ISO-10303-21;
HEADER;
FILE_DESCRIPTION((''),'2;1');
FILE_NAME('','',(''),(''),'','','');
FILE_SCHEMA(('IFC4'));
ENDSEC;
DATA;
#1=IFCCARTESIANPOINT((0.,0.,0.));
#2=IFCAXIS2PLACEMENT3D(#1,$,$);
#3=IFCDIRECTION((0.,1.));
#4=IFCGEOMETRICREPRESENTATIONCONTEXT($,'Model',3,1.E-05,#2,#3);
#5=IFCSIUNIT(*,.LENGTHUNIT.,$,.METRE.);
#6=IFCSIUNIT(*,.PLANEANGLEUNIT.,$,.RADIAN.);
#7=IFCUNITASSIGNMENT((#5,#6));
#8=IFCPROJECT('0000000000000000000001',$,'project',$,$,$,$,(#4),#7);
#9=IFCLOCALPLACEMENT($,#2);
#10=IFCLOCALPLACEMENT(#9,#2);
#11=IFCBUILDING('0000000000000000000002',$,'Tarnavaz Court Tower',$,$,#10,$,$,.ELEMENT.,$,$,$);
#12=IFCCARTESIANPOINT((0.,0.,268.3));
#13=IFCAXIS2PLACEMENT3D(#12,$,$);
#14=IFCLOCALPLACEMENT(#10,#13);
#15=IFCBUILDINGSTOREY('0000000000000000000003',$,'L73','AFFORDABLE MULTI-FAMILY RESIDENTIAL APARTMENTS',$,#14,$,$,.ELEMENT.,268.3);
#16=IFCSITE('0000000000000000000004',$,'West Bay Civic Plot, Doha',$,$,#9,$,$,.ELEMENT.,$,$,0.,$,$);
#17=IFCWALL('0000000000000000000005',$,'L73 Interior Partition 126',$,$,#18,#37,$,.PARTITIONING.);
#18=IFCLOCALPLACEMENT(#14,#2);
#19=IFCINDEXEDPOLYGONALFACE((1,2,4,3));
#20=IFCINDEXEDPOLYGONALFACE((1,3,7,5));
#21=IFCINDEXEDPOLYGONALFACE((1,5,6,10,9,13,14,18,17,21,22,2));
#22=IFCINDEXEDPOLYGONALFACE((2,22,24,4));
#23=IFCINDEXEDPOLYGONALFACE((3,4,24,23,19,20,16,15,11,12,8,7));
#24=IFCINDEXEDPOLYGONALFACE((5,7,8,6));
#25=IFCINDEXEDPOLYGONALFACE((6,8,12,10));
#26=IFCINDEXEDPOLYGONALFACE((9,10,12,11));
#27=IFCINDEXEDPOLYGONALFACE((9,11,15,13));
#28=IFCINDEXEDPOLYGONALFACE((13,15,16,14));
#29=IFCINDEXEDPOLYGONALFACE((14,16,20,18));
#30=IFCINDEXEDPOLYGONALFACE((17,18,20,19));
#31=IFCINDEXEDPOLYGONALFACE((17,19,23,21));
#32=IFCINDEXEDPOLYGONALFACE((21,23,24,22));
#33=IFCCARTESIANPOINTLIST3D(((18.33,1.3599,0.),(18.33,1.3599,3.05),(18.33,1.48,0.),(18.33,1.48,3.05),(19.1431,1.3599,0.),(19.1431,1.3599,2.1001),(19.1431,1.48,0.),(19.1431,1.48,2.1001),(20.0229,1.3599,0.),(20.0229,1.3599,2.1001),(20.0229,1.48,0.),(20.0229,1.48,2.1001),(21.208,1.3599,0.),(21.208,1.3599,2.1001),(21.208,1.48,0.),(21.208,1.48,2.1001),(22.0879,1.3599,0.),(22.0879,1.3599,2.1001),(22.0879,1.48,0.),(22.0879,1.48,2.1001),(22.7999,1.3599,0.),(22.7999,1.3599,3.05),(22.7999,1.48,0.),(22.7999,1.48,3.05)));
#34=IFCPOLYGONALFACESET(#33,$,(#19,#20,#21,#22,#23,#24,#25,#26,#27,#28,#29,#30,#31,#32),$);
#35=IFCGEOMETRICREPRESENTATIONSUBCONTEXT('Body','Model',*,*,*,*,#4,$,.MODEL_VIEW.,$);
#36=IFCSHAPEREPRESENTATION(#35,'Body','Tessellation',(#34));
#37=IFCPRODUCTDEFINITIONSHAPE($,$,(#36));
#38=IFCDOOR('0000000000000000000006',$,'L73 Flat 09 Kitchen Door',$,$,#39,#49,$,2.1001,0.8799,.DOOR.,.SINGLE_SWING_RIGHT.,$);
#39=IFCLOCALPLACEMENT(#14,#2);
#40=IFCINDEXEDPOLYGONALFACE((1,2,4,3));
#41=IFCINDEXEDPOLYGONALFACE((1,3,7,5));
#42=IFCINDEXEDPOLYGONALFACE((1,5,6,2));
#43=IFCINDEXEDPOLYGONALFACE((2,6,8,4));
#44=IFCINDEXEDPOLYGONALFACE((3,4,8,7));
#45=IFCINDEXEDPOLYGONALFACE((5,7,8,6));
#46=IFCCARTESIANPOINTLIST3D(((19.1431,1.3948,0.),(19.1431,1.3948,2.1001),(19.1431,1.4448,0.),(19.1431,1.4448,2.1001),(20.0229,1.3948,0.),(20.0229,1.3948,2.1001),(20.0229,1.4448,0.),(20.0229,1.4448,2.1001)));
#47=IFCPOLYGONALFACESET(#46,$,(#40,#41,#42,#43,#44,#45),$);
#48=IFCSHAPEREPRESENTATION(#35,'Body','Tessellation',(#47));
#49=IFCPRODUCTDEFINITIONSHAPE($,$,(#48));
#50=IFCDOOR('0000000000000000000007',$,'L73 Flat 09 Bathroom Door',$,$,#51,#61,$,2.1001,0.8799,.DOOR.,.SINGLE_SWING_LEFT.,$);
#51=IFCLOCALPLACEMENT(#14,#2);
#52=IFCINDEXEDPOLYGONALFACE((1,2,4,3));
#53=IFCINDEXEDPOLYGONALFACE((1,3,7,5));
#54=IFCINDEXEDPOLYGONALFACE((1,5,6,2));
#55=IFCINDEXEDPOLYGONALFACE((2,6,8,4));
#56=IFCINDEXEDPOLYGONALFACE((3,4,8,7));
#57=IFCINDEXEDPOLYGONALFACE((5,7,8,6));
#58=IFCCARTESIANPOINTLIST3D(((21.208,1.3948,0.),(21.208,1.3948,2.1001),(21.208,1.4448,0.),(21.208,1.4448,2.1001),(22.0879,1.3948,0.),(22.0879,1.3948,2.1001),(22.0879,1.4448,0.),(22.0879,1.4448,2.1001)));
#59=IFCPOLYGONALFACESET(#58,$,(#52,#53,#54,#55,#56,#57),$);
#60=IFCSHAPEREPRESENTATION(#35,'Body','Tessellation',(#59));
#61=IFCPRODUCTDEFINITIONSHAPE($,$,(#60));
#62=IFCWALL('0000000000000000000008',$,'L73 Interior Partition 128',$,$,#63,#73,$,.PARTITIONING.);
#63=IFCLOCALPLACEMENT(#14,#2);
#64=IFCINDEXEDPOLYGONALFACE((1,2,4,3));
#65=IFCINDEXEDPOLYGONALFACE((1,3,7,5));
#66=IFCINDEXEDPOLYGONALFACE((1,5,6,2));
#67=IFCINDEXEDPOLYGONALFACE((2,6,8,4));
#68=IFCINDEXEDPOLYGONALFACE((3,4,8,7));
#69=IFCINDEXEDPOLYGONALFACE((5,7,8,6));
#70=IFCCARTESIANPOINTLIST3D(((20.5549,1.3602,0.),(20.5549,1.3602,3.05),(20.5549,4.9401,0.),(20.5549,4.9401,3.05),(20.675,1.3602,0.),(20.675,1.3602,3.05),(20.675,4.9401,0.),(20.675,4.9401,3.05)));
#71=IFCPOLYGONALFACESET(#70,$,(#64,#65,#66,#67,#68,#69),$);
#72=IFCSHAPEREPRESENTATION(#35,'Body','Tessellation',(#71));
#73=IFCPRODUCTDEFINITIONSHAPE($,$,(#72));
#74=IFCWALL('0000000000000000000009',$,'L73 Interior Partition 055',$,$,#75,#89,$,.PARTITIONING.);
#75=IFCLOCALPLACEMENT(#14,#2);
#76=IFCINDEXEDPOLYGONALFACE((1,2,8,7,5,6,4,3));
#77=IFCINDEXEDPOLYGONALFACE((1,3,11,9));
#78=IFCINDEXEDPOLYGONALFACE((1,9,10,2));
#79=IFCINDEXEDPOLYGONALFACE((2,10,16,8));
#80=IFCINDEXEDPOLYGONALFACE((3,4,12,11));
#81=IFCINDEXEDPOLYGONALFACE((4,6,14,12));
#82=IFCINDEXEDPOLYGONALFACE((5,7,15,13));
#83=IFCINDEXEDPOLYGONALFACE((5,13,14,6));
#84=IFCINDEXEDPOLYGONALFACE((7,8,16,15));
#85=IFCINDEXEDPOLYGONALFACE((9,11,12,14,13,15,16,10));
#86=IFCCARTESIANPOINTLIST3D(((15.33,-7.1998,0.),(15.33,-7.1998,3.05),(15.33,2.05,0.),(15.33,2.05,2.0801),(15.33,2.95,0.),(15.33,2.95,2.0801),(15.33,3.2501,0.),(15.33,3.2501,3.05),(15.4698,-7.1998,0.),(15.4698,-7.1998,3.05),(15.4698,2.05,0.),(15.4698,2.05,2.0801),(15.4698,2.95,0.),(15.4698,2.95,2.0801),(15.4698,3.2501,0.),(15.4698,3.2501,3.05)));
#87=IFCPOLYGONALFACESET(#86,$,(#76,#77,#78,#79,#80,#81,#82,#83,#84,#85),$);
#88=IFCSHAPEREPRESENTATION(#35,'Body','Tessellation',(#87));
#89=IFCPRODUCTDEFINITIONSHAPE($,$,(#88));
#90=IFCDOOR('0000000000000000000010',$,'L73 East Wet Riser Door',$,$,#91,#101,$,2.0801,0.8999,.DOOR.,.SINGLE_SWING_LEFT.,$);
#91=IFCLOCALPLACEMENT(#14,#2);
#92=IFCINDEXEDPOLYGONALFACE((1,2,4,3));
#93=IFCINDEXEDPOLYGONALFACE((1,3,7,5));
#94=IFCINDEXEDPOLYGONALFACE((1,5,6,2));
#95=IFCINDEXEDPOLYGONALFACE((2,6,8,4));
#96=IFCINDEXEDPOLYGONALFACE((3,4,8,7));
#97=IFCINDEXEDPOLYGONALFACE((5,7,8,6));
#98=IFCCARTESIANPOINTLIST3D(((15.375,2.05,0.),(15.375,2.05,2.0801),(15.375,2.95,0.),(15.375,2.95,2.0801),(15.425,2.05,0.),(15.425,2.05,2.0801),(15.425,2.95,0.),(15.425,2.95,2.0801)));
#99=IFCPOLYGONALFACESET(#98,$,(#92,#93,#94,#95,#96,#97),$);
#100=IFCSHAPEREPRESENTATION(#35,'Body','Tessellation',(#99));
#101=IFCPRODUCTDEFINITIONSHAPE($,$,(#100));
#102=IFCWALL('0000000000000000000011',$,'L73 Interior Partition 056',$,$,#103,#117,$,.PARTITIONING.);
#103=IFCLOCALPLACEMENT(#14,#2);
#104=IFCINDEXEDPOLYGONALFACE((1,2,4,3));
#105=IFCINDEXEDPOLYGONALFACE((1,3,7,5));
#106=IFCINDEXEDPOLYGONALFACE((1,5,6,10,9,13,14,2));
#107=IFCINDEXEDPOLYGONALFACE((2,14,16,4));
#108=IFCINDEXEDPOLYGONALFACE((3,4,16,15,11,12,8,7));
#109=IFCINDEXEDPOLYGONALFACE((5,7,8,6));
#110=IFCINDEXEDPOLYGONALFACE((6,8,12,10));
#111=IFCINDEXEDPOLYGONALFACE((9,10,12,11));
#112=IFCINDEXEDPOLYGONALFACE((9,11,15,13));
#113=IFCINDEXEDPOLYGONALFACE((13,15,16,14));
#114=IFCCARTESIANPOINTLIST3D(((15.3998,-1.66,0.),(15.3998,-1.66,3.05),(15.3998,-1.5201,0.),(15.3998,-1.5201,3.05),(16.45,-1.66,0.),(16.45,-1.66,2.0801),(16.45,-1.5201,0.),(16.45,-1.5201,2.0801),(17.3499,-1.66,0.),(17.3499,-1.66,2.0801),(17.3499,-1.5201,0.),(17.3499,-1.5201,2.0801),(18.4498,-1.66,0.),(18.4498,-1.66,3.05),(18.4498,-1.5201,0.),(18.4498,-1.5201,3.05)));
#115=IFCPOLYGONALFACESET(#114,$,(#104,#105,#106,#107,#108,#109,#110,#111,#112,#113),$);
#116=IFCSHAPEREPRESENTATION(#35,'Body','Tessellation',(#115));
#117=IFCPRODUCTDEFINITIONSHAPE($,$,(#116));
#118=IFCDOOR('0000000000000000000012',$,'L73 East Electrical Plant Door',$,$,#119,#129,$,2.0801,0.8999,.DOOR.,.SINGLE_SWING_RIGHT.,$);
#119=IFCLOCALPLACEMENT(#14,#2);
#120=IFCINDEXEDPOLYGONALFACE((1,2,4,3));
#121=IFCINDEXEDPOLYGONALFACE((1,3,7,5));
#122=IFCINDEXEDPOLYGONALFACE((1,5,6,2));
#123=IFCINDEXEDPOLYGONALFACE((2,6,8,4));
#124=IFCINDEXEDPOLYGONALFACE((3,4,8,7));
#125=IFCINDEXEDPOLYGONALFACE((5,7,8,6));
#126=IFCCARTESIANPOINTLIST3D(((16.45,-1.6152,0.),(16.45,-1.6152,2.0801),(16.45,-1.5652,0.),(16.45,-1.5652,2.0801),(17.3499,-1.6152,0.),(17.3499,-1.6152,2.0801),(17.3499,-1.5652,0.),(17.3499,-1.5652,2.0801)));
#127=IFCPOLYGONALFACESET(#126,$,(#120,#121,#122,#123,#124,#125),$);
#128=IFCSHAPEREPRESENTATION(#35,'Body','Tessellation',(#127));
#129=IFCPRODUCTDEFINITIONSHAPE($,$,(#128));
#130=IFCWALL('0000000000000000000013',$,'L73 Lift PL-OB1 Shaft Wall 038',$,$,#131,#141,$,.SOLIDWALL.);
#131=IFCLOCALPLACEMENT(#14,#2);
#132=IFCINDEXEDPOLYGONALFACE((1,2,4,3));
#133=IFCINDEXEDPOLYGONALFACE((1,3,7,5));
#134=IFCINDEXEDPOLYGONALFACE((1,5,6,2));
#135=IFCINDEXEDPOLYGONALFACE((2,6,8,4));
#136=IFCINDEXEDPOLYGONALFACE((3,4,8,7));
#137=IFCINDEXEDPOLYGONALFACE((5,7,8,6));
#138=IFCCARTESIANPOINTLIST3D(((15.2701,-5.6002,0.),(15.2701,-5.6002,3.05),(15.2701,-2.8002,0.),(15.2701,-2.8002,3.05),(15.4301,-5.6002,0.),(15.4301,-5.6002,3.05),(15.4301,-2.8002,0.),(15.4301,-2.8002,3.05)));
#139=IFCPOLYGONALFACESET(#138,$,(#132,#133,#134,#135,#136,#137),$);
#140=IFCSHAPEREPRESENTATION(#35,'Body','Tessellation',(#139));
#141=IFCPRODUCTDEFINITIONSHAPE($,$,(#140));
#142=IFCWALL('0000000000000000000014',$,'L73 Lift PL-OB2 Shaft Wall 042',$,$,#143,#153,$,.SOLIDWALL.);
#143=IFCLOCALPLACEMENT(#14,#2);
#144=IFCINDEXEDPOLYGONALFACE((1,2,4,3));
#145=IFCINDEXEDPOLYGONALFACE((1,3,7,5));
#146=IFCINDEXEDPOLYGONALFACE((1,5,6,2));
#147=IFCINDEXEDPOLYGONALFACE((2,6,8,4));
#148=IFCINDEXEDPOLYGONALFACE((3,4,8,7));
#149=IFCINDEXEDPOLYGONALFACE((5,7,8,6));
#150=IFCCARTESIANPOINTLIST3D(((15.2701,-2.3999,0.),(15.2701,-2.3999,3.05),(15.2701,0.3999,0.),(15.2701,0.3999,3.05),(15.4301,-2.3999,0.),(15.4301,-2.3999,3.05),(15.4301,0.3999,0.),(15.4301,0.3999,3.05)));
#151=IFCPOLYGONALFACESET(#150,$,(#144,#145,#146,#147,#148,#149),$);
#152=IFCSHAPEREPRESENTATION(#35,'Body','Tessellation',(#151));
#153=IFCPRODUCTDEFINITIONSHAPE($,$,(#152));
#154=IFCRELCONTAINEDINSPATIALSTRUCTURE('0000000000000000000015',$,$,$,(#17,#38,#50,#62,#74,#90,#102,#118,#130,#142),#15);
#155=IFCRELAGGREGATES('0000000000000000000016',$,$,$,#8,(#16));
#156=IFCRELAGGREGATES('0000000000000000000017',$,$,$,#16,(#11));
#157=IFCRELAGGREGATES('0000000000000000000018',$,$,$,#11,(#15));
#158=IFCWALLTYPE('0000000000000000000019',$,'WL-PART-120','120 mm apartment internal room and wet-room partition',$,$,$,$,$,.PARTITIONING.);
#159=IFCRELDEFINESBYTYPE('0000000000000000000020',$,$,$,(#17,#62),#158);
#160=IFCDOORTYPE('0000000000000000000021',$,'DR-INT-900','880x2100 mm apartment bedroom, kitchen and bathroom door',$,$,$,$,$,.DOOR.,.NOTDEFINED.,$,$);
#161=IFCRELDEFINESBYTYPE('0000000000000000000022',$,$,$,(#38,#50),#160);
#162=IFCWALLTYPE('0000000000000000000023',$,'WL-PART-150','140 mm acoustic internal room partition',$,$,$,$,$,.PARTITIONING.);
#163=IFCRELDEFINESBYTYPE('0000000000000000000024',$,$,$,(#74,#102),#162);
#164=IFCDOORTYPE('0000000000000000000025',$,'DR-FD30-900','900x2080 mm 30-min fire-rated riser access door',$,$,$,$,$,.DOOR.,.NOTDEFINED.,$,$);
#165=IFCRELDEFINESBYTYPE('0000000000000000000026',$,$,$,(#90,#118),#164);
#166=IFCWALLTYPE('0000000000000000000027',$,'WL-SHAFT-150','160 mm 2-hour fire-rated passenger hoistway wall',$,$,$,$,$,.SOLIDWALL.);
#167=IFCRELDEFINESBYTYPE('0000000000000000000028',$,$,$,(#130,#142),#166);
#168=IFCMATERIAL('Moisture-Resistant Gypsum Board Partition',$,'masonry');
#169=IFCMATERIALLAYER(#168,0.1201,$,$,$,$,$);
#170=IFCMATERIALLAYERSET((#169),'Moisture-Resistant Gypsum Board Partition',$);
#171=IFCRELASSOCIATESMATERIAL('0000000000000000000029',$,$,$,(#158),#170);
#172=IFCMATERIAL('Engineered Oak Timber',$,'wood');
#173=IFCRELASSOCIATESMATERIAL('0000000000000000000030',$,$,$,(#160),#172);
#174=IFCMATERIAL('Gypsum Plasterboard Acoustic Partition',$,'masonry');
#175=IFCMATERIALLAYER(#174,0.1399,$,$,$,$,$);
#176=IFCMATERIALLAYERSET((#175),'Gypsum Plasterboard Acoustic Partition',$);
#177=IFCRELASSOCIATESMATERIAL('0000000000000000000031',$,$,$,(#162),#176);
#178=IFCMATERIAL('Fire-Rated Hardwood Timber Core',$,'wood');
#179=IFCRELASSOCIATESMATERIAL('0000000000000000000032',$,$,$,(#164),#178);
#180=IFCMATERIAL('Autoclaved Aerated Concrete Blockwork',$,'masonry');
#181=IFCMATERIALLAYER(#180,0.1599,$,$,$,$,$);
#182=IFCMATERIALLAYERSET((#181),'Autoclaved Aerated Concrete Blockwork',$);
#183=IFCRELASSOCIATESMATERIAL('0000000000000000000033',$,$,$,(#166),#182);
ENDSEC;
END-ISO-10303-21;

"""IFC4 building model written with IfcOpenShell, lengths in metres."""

from ifc_helpers import new_model, si_unit, direction, frame, frame_2d, origin, place, context, subcontext, project, spatial, rectangle, extrude, material, layer, layer_set, type_object, element, fill, save


model = new_model("IFC4")

# Units and contexts
model_context = context("Model", 3, precision=1e-05, world=origin(), true_north=direction((0.0, 1.0)))
body_context = subcontext(model_context, "Body", "Model", "MODEL_VIEW")
ifc_project = project(units=[si_unit("LENGTHUNIT", "METRE"), si_unit("PLANEANGLEUNIT", "RADIAN")], contexts=[model_context])

# Site, building, storey
site_placement = place(None, origin())
site = spatial("IfcSite", under=ifc_project, at=site_placement, Name="West Bay Civic Plot, Doha", CompositionType="ELEMENT", RefElevation=0.0)
building_placement = place(site_placement, origin())
building = spatial("IfcBuilding", under=site, at=building_placement, Name="Tarnavaz Court Tower", CompositionType="ELEMENT")
storey_placement = place(building_placement, frame((0.0, 0.0, 268.3)))
storey = spatial("IfcBuildingStorey", under=building, at=storey_placement, Name="L73", Description="AFFORDABLE MULTI-FAMILY RESIDENTIAL APARTMENTS", CompositionType="ELEMENT", Elevation=268.3)

# Shared definitions
ifc_material_1 = material(Name="Fire-Rated Hardwood Timber Core", Category="wood")
ifc_material_2 = material(Name="Engineered Oak Timber", Category="wood")
ifc_material_3 = material(Name="Moisture-Resistant Gypsum Board Partition", Category="masonry")
ifc_layer_1 = layer(ifc_material_3, 0.1201)
ifc_layer_set_1 = layer_set([ifc_layer_1], Name="Moisture-Resistant Gypsum Board Partition")
wall_type_1 = type_object("IfcWallType", Name="WL-PART-120", Description="120 mm apartment internal room and wet-room partition", PredefinedType="PARTITIONING", material=ifc_layer_set_1)
door_type_1 = type_object("IfcDoorType", Name="DR-INT-900", Description="880x2100 mm apartment bedroom, kitchen and bathroom door", OperationType="NOTDEFINED", PredefinedType="DOOR", material=ifc_material_2)

# Wall, openings, doors
wall_1_placement = place(storey_placement, frame((18.3301, 1.4199, 0.0), z_axis=(0.0, 0.0, 1.0), x_axis=(1.0, 0.0, 0.0)))
wall_1 = element("IfcWall", 1, at=wall_1_placement, inside=storey, type_object=wall_type_1, Name="L73 Interior Partition 126", PredefinedType="PARTITIONING", context=body_context, shape_type="SweptSolid", body=[
    extrude(rectangle(XDim=4.47, YDim=0.1201, at=frame_2d((2.2349, 0.0))), origin(), (0.0, 0.0, 1.0), 3.05),
])
opening_1_placement = place(wall_1_placement, frame((0.813, 0.0, 0.0)))
opening_1 = element("IfcOpeningElement", 2, at=opening_1_placement, cuts=wall_1, PredefinedType="OPENING", context=body_context, shape_type="SweptSolid", body=[
    extrude(rectangle(XDim=0.8799, YDim=2.1001, at=frame_2d((0.4399, 1.05))), frame((0.0, 0.0701, 0.0), z_axis=(0.0, -1.0, 0.0), x_axis=(1.0, 0.0, 0.0)), (0.0, 0.0, 1.0), 0.1401),
])
opening_2_placement = place(wall_1_placement, frame((2.8779, 0.0, 0.0)))
opening_2 = element("IfcOpeningElement", 3, at=opening_2_placement, cuts=wall_1, PredefinedType="OPENING", context=body_context, shape_type="SweptSolid", body=[
    extrude(rectangle(XDim=0.8799, YDim=2.1001, at=frame_2d((0.4399, 1.05))), frame((0.0, 0.0701, 0.0), z_axis=(0.0, -1.0, 0.0), x_axis=(1.0, 0.0, 0.0)), (0.0, 0.0, 1.0), 0.1401),
])
door_1_placement = place(opening_1_placement, origin())
door_1 = element("IfcDoor", 4, at=door_1_placement, inside=storey, type_object=door_type_1, Name="L73 Flat 09 Kitchen Door", OperationType="SINGLE_SWING_RIGHT", OverallHeight=2.1001, OverallWidth=0.8799, PredefinedType="DOOR", context=body_context, shape_type="SweptSolid", body=[
    extrude(rectangle(XDim=0.8799, YDim=2.1001, at=frame_2d((0.4399, 1.05))), frame((0.0, 0.0249, 0.0), z_axis=(0.0, -1.0, 0.0), x_axis=(1.0, 0.0, 0.0)), (0.0, 0.0, 1.0), 0.05),
])
fill(opening_1, door_1)
door_2_placement = place(opening_2_placement, origin())
door_2 = element("IfcDoor", 5, at=door_2_placement, inside=storey, type_object=door_type_1, Name="L73 Flat 09 Bathroom Door", OperationType="SINGLE_SWING_LEFT", OverallHeight=2.1001, OverallWidth=0.8799, PredefinedType="DOOR", context=body_context, shape_type="SweptSolid", body=[
    extrude(rectangle(XDim=0.8799, YDim=2.1001, at=frame_2d((0.4399, 1.05))), frame((0.0, 0.0249, 0.0), z_axis=(0.0, -1.0, 0.0), x_axis=(1.0, 0.0, 0.0)), (0.0, 0.0, 1.0), 0.05),
])
fill(opening_2, door_2)

# Wall
wall_2_placement = place(storey_placement, frame((20.615, 1.3601, 0.0), z_axis=(0.0, 0.0, 1.0), x_axis=(0.0, 1.0, 0.0)))
element("IfcWall", 6, at=wall_2_placement, inside=storey, type_object=wall_type_1, Name="L73 Interior Partition 128", PredefinedType="PARTITIONING", context=body_context, shape_type="SweptSolid", body=[
    extrude(rectangle(XDim=3.5798, YDim=0.1201, at=frame_2d((1.79, 0.0))), origin(), (0.0, 0.0, 1.0), 3.05),
])

# Walls, openings, doors
ifc_material_4 = material(Name="Gypsum Plasterboard Acoustic Partition", Category="masonry")
ifc_layer_2 = layer(ifc_material_4, 0.1399)
ifc_layer_set_2 = layer_set([ifc_layer_2], Name="Gypsum Plasterboard Acoustic Partition")
wall_type_2 = type_object("IfcWallType", Name="WL-PART-150", Description="140 mm acoustic internal room partition", PredefinedType="PARTITIONING", material=ifc_layer_set_2)
wall_3_placement = place(storey_placement, frame((15.3999, -7.2, 0.0), z_axis=(0.0, 0.0, 1.0), x_axis=(0.0, 1.0, 0.0)))
wall_3 = element("IfcWall", 7, at=wall_3_placement, inside=storey, type_object=wall_type_2, Name="L73 Interior Partition 055", PredefinedType="PARTITIONING", context=body_context, shape_type="SweptSolid", body=[
    extrude(rectangle(XDim=10.45, YDim=0.1399, at=frame_2d((5.2251, 0.0))), origin(), (0.0, 0.0, 1.0), 3.05),
])
opening_3_placement = place(wall_3_placement, frame((9.25, 0.0, 0.0)))
opening_3 = element("IfcOpeningElement", 8, at=opening_3_placement, cuts=wall_3, PredefinedType="OPENING", context=body_context, shape_type="SweptSolid", body=[
    extrude(rectangle(XDim=0.8999, YDim=2.0801, at=frame_2d((0.45, 1.04))), frame((0.0, 0.0798, 0.0), z_axis=(0.0, -1.0, 0.0), x_axis=(1.0, 0.0, 0.0)), (0.0, 0.0, 1.0), 0.1599),
])
door_type_2 = type_object("IfcDoorType", Name="DR-FD30-900", Description="900x2080 mm 30-min fire-rated riser access door", OperationType="NOTDEFINED", PredefinedType="DOOR", material=ifc_material_1)
door_3_placement = place(opening_3_placement, origin())
door_3 = element("IfcDoor", 9, at=door_3_placement, inside=storey, type_object=door_type_2, Name="L73 East Wet Riser Door", OperationType="SINGLE_SWING_LEFT", OverallHeight=2.0801, OverallWidth=0.8999, PredefinedType="DOOR", context=body_context, shape_type="SweptSolid", body=[
    extrude(rectangle(XDim=0.8999, YDim=2.0801, at=frame_2d((0.45, 1.04))), frame((0.0, 0.0249, 0.0), z_axis=(0.0, -1.0, 0.0), x_axis=(1.0, 0.0, 0.0)), (0.0, 0.0, 1.0), 0.05),
])
fill(opening_3, door_3)
wall_4_placement = place(storey_placement, frame((15.3999, -1.5901, 0.0), z_axis=(0.0, 0.0, 1.0), x_axis=(1.0, 0.0, 0.0)))
wall_4 = element("IfcWall", 10, at=wall_4_placement, inside=storey, type_object=wall_type_2, Name="L73 Interior Partition 056", PredefinedType="PARTITIONING", context=body_context, shape_type="SweptSolid", body=[
    extrude(rectangle(XDim=3.05, YDim=0.1399, at=frame_2d((1.5249, 0.0))), origin(), (0.0, 0.0, 1.0), 3.05),
])
opening_4_placement = place(wall_4_placement, frame((1.05, 0.0, 0.0)))
opening_4 = element("IfcOpeningElement", 11, at=opening_4_placement, cuts=wall_4, PredefinedType="OPENING", context=body_context, shape_type="SweptSolid", body=[
    extrude(rectangle(XDim=0.8999, YDim=2.0801, at=frame_2d((0.45, 1.04))), frame((0.0, 0.0798, 0.0), z_axis=(0.0, -1.0, 0.0), x_axis=(1.0, 0.0, 0.0)), (0.0, 0.0, 1.0), 0.1599),
])
door_4_placement = place(opening_4_placement, origin())
door_4 = element("IfcDoor", 12, at=door_4_placement, inside=storey, type_object=door_type_2, Name="L73 East Electrical Plant Door", OperationType="SINGLE_SWING_RIGHT", OverallHeight=2.0801, OverallWidth=0.8999, PredefinedType="DOOR", context=body_context, shape_type="SweptSolid", body=[
    extrude(rectangle(XDim=0.8999, YDim=2.0801, at=frame_2d((0.45, 1.04))), frame((0.0, 0.0249, 0.0), z_axis=(0.0, -1.0, 0.0), x_axis=(1.0, 0.0, 0.0)), (0.0, 0.0, 1.0), 0.05),
])
fill(opening_4, door_4)

# Walls
ifc_material_5 = material(Name="Autoclaved Aerated Concrete Blockwork", Category="masonry")
ifc_layer_3 = layer(ifc_material_5, 0.1599)
ifc_layer_set_3 = layer_set([ifc_layer_3], Name="Autoclaved Aerated Concrete Blockwork")
wall_type_3 = type_object("IfcWallType", Name="WL-SHAFT-150", Description="160 mm 2-hour fire-rated passenger hoistway wall", PredefinedType="SOLIDWALL", material=ifc_layer_set_3)
wall_5_placement = place(storey_placement, frame((15.3501, -5.6001, 0.0), z_axis=(0.0, 0.0, 1.0), x_axis=(0.0, 1.0, 0.0)))
element("IfcWall", 13, at=wall_5_placement, inside=storey, type_object=wall_type_3, Name="L73 Lift PL-OB1 Shaft Wall 038", PredefinedType="SOLIDWALL", context=body_context, shape_type="SweptSolid", body=[
    extrude(rectangle(XDim=2.8, YDim=0.1599, at=frame_2d((1.3999, 0.0))), origin(), (0.0, 0.0, 1.0), 3.05),
])
wall_6_placement = place(storey_placement, frame((15.3501, -2.3999, 0.0), z_axis=(0.0, 0.0, 1.0), x_axis=(0.0, 1.0, 0.0)))
element("IfcWall", 14, at=wall_6_placement, inside=storey, type_object=wall_type_3, Name="L73 Lift PL-OB2 Shaft Wall 042", PredefinedType="SOLIDWALL", context=body_context, shape_type="SweptSolid", body=[
    extrude(rectangle(XDim=2.7998, YDim=0.1599, at=frame_2d((1.3999, 0.0))), origin(), (0.0, 0.0, 1.0), 3.05),
])

save(model, "model.ifc")
